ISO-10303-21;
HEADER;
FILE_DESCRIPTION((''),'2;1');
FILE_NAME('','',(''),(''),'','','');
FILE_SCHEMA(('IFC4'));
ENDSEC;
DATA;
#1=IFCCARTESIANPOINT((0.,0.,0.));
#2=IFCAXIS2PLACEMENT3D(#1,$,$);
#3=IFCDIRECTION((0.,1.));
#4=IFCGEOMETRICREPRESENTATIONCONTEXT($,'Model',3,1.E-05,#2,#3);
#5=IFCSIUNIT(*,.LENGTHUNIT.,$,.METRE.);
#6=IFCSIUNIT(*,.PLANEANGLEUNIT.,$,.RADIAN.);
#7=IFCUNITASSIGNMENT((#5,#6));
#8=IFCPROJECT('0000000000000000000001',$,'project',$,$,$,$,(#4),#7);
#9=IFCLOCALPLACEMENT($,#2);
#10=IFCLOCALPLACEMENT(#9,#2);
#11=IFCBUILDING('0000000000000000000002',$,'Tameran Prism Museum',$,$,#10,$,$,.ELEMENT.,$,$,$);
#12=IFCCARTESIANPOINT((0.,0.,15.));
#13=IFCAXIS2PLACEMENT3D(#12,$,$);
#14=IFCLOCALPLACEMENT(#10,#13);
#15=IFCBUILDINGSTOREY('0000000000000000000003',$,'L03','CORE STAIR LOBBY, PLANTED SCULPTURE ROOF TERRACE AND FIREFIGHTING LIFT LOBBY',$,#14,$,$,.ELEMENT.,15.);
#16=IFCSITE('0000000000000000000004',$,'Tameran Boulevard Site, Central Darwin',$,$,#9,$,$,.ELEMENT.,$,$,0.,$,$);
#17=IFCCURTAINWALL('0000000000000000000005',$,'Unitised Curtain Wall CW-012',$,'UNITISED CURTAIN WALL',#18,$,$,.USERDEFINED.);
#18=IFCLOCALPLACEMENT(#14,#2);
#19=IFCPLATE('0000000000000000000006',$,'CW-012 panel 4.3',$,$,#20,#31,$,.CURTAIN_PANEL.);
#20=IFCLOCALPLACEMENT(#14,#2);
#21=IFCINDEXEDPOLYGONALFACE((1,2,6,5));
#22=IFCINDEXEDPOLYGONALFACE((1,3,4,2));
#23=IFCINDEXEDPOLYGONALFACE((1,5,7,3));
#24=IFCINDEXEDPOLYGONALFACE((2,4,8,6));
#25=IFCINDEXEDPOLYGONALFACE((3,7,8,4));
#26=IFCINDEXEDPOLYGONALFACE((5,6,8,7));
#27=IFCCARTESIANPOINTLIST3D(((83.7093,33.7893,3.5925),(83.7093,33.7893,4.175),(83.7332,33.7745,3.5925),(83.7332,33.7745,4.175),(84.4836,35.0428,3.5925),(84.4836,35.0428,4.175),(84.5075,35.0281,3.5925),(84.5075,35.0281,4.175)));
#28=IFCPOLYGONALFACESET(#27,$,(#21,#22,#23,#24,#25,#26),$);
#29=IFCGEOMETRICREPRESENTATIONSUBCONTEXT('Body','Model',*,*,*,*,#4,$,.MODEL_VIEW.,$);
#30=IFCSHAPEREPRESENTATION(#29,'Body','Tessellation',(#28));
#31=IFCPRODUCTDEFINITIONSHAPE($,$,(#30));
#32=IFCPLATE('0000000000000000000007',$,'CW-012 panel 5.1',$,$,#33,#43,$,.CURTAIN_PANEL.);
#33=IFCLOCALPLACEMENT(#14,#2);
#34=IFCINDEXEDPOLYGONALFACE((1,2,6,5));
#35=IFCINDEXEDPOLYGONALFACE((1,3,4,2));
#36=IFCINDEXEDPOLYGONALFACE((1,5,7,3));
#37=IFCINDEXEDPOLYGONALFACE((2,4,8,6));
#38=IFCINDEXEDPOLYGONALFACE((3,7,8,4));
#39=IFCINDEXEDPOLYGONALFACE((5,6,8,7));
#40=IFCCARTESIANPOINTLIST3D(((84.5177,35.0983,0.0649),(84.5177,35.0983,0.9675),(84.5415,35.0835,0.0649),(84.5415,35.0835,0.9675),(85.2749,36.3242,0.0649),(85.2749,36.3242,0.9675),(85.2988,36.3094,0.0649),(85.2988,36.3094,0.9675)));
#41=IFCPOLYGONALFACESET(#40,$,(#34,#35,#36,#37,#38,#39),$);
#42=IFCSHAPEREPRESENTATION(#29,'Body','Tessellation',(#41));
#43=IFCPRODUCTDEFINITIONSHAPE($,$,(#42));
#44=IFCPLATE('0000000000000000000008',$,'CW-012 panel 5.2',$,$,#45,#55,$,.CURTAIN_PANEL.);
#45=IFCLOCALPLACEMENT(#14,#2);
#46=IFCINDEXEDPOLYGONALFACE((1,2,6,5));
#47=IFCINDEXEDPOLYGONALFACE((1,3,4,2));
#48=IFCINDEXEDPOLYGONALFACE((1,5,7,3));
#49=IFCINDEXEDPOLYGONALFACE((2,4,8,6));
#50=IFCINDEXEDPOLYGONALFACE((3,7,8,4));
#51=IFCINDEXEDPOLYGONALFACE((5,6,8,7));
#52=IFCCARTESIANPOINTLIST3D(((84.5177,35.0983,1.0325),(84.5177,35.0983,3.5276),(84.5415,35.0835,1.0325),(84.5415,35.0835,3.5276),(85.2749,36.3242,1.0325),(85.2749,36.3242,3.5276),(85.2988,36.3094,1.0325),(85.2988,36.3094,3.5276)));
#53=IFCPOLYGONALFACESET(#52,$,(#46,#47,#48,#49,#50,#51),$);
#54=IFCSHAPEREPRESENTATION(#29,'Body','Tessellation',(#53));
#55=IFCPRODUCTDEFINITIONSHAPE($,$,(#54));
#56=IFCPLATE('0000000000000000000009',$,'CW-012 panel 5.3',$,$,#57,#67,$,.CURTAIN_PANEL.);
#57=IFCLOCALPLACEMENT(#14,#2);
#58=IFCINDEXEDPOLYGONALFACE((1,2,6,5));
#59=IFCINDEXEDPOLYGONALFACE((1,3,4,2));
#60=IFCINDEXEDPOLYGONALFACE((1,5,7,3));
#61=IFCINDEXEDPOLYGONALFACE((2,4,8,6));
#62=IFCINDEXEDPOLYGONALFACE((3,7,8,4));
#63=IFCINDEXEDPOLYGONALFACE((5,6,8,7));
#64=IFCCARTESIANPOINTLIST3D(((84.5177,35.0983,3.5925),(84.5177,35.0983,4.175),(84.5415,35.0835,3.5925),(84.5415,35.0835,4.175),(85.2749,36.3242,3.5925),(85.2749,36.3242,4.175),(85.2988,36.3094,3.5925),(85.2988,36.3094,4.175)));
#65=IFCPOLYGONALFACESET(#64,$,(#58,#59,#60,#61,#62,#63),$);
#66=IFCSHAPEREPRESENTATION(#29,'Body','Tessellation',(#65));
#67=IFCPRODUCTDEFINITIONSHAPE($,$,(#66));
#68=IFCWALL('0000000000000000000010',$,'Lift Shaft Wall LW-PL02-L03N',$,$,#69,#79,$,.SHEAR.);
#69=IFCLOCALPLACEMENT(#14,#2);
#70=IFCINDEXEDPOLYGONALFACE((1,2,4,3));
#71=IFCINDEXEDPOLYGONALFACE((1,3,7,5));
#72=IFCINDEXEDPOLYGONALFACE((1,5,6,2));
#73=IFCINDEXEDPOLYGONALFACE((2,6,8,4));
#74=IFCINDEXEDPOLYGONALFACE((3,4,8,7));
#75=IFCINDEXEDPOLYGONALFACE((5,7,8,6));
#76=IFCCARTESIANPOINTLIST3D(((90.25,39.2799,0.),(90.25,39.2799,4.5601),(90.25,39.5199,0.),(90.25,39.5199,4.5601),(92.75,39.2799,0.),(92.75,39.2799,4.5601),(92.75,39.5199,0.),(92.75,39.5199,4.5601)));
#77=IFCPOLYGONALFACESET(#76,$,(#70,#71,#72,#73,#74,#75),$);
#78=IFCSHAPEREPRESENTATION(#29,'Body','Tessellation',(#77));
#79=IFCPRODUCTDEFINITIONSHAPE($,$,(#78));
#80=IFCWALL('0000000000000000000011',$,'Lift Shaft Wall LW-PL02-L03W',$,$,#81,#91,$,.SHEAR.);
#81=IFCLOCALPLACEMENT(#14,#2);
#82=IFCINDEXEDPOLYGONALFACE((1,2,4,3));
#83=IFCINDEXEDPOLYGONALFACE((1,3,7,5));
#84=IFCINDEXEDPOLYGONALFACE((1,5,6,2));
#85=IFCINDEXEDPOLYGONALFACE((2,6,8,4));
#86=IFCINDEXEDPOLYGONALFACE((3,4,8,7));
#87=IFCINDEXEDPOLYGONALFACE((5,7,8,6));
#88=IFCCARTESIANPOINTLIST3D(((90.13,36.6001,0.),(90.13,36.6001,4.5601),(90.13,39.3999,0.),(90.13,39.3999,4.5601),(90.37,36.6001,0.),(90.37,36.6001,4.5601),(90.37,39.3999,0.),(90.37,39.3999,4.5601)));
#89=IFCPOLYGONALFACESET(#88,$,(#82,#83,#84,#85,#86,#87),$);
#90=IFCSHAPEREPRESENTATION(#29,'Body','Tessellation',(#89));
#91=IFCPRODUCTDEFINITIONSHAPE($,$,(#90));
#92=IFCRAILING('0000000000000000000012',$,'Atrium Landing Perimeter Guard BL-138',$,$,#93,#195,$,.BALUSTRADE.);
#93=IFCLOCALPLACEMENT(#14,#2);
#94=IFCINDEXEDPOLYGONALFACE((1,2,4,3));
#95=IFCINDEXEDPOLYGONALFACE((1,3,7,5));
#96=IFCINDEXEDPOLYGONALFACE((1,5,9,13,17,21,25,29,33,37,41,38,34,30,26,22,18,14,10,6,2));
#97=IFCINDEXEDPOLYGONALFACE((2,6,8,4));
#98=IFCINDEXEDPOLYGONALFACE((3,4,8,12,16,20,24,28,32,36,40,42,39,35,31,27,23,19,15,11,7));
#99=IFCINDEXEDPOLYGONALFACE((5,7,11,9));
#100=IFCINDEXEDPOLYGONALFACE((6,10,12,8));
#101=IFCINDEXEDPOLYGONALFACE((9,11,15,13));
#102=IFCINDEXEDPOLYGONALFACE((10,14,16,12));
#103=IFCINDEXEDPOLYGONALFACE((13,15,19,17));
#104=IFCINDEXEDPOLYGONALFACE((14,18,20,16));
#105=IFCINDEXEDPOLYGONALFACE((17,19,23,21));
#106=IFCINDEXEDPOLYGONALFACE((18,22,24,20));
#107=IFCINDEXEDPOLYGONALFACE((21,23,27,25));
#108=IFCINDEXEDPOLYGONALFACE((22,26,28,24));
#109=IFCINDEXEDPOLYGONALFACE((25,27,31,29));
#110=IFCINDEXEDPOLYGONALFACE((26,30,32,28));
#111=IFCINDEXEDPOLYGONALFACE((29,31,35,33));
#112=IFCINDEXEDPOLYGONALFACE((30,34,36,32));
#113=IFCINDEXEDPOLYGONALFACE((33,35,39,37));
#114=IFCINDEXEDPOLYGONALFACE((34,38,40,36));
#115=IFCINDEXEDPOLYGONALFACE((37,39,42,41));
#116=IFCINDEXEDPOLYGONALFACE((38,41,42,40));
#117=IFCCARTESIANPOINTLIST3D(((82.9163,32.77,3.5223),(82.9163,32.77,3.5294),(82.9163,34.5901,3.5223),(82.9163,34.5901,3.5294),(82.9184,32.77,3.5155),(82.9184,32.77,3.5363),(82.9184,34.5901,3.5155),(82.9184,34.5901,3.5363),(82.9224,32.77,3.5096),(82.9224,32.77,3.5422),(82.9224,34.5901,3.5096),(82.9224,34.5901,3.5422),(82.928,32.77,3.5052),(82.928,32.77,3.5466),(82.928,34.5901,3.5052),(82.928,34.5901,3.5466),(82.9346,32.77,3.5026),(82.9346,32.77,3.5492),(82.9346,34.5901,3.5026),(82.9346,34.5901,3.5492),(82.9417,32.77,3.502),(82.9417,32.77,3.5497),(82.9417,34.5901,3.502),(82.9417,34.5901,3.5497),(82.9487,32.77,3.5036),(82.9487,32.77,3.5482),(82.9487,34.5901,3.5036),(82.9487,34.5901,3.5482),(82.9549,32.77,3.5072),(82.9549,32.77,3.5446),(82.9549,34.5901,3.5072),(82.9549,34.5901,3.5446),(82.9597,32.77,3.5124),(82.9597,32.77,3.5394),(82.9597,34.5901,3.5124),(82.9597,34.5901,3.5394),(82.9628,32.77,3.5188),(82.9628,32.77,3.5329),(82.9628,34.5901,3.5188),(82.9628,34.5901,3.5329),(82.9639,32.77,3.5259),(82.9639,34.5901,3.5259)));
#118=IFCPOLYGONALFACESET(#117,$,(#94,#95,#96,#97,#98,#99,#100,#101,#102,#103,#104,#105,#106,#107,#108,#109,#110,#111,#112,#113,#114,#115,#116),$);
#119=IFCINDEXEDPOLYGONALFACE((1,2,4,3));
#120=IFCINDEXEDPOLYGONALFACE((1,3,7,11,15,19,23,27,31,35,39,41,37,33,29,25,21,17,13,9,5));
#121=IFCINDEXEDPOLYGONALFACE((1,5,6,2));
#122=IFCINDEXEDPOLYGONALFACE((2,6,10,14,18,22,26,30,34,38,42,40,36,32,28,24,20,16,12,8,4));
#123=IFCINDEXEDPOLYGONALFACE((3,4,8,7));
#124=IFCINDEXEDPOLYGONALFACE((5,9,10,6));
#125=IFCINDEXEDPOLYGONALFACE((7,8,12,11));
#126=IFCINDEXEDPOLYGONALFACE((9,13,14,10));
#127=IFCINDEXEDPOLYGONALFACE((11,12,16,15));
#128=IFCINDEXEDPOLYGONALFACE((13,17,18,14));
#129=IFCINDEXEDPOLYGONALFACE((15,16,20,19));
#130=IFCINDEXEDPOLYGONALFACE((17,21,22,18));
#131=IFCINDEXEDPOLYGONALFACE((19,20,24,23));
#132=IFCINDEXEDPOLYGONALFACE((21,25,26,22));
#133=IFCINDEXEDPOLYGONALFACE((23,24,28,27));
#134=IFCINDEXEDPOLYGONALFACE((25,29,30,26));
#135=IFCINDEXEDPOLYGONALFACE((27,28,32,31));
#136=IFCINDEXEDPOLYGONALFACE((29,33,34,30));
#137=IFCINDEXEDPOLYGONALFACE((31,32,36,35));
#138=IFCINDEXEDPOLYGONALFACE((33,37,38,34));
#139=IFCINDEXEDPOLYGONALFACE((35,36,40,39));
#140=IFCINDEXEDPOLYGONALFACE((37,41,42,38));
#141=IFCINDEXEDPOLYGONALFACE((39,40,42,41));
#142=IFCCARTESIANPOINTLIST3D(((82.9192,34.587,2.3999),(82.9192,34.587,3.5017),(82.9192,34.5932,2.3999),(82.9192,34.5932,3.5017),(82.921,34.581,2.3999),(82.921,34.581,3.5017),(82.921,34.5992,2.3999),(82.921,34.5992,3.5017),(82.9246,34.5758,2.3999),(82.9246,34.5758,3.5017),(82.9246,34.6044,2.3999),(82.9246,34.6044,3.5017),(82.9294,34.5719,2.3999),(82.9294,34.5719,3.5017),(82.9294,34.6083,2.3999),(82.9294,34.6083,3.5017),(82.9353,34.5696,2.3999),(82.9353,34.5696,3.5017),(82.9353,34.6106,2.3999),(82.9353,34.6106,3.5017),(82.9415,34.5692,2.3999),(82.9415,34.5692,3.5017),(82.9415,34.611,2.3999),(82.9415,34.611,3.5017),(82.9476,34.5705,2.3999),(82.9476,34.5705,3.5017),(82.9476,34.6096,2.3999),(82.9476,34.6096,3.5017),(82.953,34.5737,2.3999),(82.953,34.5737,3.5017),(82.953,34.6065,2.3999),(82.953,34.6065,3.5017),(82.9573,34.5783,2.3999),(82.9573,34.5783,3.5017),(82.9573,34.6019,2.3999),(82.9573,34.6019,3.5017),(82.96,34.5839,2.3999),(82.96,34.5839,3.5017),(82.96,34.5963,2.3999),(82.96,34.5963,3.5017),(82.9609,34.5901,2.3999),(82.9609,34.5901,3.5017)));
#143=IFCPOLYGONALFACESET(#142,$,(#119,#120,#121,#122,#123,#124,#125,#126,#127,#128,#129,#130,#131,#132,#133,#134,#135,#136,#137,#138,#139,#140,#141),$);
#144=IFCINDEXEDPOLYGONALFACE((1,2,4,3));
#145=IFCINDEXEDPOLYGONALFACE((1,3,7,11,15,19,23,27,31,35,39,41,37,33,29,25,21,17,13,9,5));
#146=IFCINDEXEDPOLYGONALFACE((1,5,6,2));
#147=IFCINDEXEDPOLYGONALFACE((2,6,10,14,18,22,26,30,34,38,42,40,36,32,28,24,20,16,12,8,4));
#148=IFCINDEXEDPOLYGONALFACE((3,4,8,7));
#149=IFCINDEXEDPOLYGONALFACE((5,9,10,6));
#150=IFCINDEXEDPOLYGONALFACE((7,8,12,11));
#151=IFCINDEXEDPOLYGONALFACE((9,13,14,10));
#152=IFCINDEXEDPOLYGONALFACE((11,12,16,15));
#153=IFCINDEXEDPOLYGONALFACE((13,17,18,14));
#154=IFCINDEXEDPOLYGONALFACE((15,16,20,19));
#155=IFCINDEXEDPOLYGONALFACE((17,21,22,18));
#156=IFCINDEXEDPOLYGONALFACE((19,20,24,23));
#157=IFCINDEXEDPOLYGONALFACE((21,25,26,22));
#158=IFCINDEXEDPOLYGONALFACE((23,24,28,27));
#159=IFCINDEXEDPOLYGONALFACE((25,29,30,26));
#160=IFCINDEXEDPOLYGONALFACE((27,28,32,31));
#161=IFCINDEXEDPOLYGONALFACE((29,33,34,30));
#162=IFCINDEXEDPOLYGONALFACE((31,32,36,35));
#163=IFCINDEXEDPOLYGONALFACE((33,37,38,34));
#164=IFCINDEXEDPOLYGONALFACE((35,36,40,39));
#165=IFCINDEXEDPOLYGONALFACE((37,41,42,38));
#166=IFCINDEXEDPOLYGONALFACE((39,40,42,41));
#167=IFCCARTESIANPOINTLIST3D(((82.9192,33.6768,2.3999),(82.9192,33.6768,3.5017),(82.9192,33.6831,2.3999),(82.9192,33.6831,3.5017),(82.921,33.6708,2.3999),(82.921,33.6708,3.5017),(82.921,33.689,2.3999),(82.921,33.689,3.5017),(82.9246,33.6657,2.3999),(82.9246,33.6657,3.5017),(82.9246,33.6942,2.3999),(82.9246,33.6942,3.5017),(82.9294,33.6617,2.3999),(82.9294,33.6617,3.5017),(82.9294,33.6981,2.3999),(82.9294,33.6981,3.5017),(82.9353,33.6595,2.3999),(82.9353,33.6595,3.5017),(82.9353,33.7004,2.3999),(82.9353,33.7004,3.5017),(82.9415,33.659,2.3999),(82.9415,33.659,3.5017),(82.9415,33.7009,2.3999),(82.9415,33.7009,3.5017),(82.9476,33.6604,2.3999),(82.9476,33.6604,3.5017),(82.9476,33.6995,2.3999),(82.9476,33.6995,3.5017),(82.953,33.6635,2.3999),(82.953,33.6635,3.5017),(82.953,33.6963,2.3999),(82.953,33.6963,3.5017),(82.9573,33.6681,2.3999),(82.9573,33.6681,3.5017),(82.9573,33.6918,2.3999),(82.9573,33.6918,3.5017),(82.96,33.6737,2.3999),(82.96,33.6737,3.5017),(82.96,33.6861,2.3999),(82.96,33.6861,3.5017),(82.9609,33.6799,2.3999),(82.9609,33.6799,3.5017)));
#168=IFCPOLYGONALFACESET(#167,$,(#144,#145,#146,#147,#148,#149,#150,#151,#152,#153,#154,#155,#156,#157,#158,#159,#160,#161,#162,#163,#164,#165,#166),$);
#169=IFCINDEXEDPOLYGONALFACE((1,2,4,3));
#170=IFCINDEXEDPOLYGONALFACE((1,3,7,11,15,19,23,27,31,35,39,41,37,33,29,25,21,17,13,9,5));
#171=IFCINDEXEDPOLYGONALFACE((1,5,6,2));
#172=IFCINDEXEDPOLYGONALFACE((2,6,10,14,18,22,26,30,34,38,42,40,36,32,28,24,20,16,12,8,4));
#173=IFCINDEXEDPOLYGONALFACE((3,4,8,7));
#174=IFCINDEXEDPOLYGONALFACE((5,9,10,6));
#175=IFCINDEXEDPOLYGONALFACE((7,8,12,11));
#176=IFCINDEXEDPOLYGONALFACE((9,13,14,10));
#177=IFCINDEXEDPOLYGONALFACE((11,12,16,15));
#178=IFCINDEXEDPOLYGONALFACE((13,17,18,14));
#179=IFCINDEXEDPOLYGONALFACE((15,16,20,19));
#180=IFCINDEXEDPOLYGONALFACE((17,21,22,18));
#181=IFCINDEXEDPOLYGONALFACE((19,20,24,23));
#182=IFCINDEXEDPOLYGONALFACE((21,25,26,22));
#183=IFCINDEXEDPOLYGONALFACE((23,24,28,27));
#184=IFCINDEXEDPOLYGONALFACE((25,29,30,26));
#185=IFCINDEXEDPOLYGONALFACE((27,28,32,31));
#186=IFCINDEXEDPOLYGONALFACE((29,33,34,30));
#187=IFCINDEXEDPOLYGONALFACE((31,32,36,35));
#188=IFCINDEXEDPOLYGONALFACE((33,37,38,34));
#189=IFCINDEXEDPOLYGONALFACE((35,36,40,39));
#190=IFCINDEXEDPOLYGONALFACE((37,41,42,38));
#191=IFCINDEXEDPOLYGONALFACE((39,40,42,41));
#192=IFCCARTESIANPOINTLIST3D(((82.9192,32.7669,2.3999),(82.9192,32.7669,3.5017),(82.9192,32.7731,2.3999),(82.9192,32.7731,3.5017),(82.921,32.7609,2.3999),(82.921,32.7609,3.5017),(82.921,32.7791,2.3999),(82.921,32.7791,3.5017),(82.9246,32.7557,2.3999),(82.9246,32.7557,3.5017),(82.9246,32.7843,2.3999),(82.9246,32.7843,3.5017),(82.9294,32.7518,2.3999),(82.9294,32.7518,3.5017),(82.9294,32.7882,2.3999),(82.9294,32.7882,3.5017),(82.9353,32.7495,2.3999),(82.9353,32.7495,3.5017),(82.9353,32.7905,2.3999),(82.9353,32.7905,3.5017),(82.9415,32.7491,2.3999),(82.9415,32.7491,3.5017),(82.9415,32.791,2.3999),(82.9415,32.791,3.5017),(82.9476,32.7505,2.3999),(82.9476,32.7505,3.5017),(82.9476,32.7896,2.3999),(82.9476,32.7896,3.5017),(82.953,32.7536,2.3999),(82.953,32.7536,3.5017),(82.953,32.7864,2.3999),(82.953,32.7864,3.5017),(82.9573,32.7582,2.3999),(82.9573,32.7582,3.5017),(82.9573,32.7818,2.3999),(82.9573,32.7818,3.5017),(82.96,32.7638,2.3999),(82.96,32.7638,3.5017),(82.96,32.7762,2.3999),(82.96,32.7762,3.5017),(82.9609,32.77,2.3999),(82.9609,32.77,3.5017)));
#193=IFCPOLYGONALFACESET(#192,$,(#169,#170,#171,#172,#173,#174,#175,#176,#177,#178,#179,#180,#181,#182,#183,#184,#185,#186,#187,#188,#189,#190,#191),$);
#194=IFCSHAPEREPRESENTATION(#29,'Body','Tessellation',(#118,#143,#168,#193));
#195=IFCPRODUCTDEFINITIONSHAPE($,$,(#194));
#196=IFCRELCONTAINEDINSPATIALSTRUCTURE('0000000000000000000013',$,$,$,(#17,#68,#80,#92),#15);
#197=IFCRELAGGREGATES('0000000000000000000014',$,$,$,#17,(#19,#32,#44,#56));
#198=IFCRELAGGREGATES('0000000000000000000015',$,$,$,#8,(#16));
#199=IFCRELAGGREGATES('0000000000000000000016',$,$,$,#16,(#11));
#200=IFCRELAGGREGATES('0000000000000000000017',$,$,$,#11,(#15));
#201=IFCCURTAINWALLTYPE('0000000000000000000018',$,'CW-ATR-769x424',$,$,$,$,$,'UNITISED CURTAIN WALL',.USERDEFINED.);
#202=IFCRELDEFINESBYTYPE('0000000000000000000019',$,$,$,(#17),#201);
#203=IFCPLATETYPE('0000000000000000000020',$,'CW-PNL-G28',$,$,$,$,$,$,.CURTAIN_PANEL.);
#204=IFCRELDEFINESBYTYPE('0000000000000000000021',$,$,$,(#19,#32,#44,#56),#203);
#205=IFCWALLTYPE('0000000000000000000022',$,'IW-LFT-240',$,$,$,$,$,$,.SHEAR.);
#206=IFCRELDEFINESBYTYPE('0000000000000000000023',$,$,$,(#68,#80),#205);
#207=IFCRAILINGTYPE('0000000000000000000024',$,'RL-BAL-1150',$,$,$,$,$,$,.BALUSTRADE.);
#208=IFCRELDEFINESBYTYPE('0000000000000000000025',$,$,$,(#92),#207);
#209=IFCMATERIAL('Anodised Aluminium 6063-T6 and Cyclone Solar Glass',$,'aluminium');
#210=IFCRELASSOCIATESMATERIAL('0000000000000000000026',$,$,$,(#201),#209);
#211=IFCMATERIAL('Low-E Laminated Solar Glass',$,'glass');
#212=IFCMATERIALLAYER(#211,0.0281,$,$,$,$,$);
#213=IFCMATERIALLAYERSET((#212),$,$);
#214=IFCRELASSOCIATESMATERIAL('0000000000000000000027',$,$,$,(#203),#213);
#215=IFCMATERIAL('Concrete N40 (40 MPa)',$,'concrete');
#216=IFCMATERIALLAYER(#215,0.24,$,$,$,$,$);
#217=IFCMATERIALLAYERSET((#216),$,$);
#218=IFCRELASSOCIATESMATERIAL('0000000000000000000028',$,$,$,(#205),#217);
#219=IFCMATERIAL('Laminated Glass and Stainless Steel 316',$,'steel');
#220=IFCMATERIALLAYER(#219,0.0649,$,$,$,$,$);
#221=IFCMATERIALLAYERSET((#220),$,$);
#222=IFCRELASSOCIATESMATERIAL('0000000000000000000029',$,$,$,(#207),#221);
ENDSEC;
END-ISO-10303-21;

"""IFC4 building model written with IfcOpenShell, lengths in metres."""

from ifc_helpers import new_model, si_unit, direction, frame, frame_2d, origin, origin_2d, place, context, subcontext, project, spatial, rectangle, circle, extrude, material, layer, layer_set, type_object, element, aggregate, save


model = new_model("IFC4")

# Units and contexts
model_context = context("Model", 3, precision=1e-05, world=origin(), true_north=direction((0.0, 1.0)))
body_context = subcontext(model_context, "Body", "Model", "MODEL_VIEW")
ifc_project = project(units=[si_unit("LENGTHUNIT", "METRE"), si_unit("PLANEANGLEUNIT", "RADIAN")], contexts=[model_context])

# Site, building, storey
site_placement = place(None, origin())
site = spatial("IfcSite", under=ifc_project, at=site_placement, Name="Tameran Boulevard Site, Central Darwin", CompositionType="ELEMENT", RefElevation=0.0)
building_placement = place(site_placement, origin())
building = spatial("IfcBuilding", under=site, at=building_placement, Name="Tameran Prism Museum", CompositionType="ELEMENT")
storey_placement = place(building_placement, frame((0.0, 0.0, 15.0)))
storey = spatial("IfcBuildingStorey", under=building, at=storey_placement, Name="L03", Description="CORE STAIR LOBBY, PLANTED SCULPTURE ROOF TERRACE AND FIREFIGHTING LIFT LOBBY", CompositionType="ELEMENT", Elevation=15.0)

# Curtain wall, plates
ifc_material_1 = material(Name="Anodised Aluminium 6063-T6 and Cyclone Solar Glass", Category="aluminium")
curtain_wall_type = type_object("IfcCurtainWallType", Name="CW-ATR-769x424", ElementType="UNITISED CURTAIN WALL", PredefinedType="USERDEFINED", material=ifc_material_1)
curtain_wall_placement = place(storey_placement, origin())
curtain_wall = element("IfcCurtainWall", 1, at=curtain_wall_placement, inside=storey, type_object=curtain_wall_type, Name="Unitised Curtain Wall CW-012", ObjectType="UNITISED CURTAIN WALL", PredefinedType="USERDEFINED")
ifc_material_2 = material(Name="Low-E Laminated Solar Glass", Category="glass")
ifc_layer_1 = layer(ifc_material_2, 0.0281)
ifc_layer_set_1 = layer_set([ifc_layer_1])
plate_type = type_object("IfcPlateType", Name="CW-PNL-G28", PredefinedType="CURTAIN_PANEL", material=ifc_layer_set_1)
plate_1_placement = place(storey_placement, frame((84.1084, 34.4087, 3.5925), z_axis=(0.0, 0.0, 1.0), x_axis=(0.525504, 0.850791, 0.0)))
plate_1 = element("IfcPlate", 2, at=plate_1_placement, type_object=plate_type, Name="CW-012 panel 4.3", PredefinedType="CURTAIN_PANEL", context=body_context, shape_type="SweptSolid", body=[
    extrude(rectangle(XDim=1.4734, YDim=0.0281, at=origin_2d()), origin(), (0.0, 0.0, 1.0), 0.5825),
])
plate_2_placement = place(storey_placement, frame((84.9082, 35.7039, 0.0649), z_axis=(0.0, 0.0, 1.0), x_axis=(0.525504, 0.850791, 0.0)))
plate_2 = element("IfcPlate", 3, at=plate_2_placement, type_object=plate_type, Name="CW-012 panel 5.1", PredefinedType="CURTAIN_PANEL", context=body_context, shape_type="SweptSolid", body=[
    extrude(rectangle(XDim=1.4409, YDim=0.0281, at=origin_2d()), origin(), (0.0, 0.0, 1.0), 0.9026),
])
plate_3_placement = place(storey_placement, frame((84.9082, 35.7039, 1.0325), z_axis=(0.0, 0.0, 1.0), x_axis=(0.525504, 0.850791, 0.0)))
plate_3 = element("IfcPlate", 4, at=plate_3_placement, type_object=plate_type, Name="CW-012 panel 5.2", PredefinedType="CURTAIN_PANEL", context=body_context, shape_type="SweptSolid", body=[
    extrude(rectangle(XDim=1.4409, YDim=0.0281, at=origin_2d()), origin(), (0.0, 0.0, 1.0), 2.4951),
])
plate_4_placement = place(storey_placement, frame((84.9082, 35.7039, 3.5925), z_axis=(0.0, 0.0, 1.0), x_axis=(0.525504, 0.850791, 0.0)))
plate_4 = element("IfcPlate", 5, at=plate_4_placement, type_object=plate_type, Name="CW-012 panel 5.3", PredefinedType="CURTAIN_PANEL", context=body_context, shape_type="SweptSolid", body=[
    extrude(rectangle(XDim=1.4409, YDim=0.0281, at=origin_2d()), origin(), (0.0, 0.0, 1.0), 0.5825),
])
aggregate(curtain_wall, [plate_1, plate_2, plate_3, plate_4])

# Walls
ifc_material_3 = material(Name="Concrete N40 (40 MPa)", Category="concrete")
ifc_layer_2 = layer(ifc_material_3, 0.24)
ifc_layer_set_2 = layer_set([ifc_layer_2])
wall_type = type_object("IfcWallType", Name="IW-LFT-240", PredefinedType="SHEAR", material=ifc_layer_set_2)
wall_1_placement = place(storey_placement, frame((90.25, 39.3999, 0.0), z_axis=(0.0, 0.0, 1.0), x_axis=(1.0, 0.0, 0.0)))
element("IfcWall", 6, at=wall_1_placement, inside=storey, type_object=wall_type, Name="Lift Shaft Wall LW-PL02-L03N", PredefinedType="SHEAR", context=body_context, shape_type="SweptSolid", body=[
    extrude(rectangle(XDim=2.5, YDim=0.24, at=frame_2d((1.25, 0.0))), origin(), (0.0, 0.0, 1.0), 4.5601),
])
wall_2_placement = place(storey_placement, frame((90.25, 36.6001, 0.0), z_axis=(0.0, 0.0, 1.0), x_axis=(0.0, 1.0, 0.0)))
element("IfcWall", 7, at=wall_2_placement, inside=storey, type_object=wall_type, Name="Lift Shaft Wall LW-PL02-L03W", PredefinedType="SHEAR", context=body_context, shape_type="SweptSolid", body=[
    extrude(rectangle(XDim=2.7998, YDim=0.24, at=frame_2d((1.3999, 0.0))), origin(), (0.0, 0.0, 1.0), 4.5601),
])

# Railing
ifc_material_4 = material(Name="Laminated Glass and Stainless Steel 316", Category="steel")
ifc_layer_3 = layer(ifc_material_4, 0.0649)
ifc_layer_set_3 = layer_set([ifc_layer_3])
railing_type = type_object("IfcRailingType", Name="RL-BAL-1150", PredefinedType="BALUSTRADE", material=ifc_layer_set_3)
railing_1_placement = place(storey_placement, frame((82.9399, 34.5901, 2.3999)))
element("IfcRailing", 8, at=railing_1_placement, inside=storey, type_object=railing_type, Name="Atrium Landing Perimeter Guard BL-138", PredefinedType="BALUSTRADE", context=body_context, shape_type="SweptSolid", body=[
    extrude(circle(Radius=0.0239, at=origin_2d()), frame((0.0, 0.0, 1.126), z_axis=(0.0, -1.0, 0.0), x_axis=(1.0, 0.0, 0.0)), (0.0, 0.0, 1.0), 1.8201),
    extrude(circle(Radius=0.021, at=origin_2d()), origin(), (0.0, 0.0, 1.0), 1.1018),
    extrude(circle(Radius=0.021, at=origin_2d()), frame((0.0, -0.9102, 0.0)), (0.0, 0.0, 1.0), 1.1018),
    extrude(circle(Radius=0.021, at=origin_2d()), frame((0.0, -1.8201, 0.0)), (0.0, 0.0, 1.0), 1.1018),
])

save(model, "model.ifc")
